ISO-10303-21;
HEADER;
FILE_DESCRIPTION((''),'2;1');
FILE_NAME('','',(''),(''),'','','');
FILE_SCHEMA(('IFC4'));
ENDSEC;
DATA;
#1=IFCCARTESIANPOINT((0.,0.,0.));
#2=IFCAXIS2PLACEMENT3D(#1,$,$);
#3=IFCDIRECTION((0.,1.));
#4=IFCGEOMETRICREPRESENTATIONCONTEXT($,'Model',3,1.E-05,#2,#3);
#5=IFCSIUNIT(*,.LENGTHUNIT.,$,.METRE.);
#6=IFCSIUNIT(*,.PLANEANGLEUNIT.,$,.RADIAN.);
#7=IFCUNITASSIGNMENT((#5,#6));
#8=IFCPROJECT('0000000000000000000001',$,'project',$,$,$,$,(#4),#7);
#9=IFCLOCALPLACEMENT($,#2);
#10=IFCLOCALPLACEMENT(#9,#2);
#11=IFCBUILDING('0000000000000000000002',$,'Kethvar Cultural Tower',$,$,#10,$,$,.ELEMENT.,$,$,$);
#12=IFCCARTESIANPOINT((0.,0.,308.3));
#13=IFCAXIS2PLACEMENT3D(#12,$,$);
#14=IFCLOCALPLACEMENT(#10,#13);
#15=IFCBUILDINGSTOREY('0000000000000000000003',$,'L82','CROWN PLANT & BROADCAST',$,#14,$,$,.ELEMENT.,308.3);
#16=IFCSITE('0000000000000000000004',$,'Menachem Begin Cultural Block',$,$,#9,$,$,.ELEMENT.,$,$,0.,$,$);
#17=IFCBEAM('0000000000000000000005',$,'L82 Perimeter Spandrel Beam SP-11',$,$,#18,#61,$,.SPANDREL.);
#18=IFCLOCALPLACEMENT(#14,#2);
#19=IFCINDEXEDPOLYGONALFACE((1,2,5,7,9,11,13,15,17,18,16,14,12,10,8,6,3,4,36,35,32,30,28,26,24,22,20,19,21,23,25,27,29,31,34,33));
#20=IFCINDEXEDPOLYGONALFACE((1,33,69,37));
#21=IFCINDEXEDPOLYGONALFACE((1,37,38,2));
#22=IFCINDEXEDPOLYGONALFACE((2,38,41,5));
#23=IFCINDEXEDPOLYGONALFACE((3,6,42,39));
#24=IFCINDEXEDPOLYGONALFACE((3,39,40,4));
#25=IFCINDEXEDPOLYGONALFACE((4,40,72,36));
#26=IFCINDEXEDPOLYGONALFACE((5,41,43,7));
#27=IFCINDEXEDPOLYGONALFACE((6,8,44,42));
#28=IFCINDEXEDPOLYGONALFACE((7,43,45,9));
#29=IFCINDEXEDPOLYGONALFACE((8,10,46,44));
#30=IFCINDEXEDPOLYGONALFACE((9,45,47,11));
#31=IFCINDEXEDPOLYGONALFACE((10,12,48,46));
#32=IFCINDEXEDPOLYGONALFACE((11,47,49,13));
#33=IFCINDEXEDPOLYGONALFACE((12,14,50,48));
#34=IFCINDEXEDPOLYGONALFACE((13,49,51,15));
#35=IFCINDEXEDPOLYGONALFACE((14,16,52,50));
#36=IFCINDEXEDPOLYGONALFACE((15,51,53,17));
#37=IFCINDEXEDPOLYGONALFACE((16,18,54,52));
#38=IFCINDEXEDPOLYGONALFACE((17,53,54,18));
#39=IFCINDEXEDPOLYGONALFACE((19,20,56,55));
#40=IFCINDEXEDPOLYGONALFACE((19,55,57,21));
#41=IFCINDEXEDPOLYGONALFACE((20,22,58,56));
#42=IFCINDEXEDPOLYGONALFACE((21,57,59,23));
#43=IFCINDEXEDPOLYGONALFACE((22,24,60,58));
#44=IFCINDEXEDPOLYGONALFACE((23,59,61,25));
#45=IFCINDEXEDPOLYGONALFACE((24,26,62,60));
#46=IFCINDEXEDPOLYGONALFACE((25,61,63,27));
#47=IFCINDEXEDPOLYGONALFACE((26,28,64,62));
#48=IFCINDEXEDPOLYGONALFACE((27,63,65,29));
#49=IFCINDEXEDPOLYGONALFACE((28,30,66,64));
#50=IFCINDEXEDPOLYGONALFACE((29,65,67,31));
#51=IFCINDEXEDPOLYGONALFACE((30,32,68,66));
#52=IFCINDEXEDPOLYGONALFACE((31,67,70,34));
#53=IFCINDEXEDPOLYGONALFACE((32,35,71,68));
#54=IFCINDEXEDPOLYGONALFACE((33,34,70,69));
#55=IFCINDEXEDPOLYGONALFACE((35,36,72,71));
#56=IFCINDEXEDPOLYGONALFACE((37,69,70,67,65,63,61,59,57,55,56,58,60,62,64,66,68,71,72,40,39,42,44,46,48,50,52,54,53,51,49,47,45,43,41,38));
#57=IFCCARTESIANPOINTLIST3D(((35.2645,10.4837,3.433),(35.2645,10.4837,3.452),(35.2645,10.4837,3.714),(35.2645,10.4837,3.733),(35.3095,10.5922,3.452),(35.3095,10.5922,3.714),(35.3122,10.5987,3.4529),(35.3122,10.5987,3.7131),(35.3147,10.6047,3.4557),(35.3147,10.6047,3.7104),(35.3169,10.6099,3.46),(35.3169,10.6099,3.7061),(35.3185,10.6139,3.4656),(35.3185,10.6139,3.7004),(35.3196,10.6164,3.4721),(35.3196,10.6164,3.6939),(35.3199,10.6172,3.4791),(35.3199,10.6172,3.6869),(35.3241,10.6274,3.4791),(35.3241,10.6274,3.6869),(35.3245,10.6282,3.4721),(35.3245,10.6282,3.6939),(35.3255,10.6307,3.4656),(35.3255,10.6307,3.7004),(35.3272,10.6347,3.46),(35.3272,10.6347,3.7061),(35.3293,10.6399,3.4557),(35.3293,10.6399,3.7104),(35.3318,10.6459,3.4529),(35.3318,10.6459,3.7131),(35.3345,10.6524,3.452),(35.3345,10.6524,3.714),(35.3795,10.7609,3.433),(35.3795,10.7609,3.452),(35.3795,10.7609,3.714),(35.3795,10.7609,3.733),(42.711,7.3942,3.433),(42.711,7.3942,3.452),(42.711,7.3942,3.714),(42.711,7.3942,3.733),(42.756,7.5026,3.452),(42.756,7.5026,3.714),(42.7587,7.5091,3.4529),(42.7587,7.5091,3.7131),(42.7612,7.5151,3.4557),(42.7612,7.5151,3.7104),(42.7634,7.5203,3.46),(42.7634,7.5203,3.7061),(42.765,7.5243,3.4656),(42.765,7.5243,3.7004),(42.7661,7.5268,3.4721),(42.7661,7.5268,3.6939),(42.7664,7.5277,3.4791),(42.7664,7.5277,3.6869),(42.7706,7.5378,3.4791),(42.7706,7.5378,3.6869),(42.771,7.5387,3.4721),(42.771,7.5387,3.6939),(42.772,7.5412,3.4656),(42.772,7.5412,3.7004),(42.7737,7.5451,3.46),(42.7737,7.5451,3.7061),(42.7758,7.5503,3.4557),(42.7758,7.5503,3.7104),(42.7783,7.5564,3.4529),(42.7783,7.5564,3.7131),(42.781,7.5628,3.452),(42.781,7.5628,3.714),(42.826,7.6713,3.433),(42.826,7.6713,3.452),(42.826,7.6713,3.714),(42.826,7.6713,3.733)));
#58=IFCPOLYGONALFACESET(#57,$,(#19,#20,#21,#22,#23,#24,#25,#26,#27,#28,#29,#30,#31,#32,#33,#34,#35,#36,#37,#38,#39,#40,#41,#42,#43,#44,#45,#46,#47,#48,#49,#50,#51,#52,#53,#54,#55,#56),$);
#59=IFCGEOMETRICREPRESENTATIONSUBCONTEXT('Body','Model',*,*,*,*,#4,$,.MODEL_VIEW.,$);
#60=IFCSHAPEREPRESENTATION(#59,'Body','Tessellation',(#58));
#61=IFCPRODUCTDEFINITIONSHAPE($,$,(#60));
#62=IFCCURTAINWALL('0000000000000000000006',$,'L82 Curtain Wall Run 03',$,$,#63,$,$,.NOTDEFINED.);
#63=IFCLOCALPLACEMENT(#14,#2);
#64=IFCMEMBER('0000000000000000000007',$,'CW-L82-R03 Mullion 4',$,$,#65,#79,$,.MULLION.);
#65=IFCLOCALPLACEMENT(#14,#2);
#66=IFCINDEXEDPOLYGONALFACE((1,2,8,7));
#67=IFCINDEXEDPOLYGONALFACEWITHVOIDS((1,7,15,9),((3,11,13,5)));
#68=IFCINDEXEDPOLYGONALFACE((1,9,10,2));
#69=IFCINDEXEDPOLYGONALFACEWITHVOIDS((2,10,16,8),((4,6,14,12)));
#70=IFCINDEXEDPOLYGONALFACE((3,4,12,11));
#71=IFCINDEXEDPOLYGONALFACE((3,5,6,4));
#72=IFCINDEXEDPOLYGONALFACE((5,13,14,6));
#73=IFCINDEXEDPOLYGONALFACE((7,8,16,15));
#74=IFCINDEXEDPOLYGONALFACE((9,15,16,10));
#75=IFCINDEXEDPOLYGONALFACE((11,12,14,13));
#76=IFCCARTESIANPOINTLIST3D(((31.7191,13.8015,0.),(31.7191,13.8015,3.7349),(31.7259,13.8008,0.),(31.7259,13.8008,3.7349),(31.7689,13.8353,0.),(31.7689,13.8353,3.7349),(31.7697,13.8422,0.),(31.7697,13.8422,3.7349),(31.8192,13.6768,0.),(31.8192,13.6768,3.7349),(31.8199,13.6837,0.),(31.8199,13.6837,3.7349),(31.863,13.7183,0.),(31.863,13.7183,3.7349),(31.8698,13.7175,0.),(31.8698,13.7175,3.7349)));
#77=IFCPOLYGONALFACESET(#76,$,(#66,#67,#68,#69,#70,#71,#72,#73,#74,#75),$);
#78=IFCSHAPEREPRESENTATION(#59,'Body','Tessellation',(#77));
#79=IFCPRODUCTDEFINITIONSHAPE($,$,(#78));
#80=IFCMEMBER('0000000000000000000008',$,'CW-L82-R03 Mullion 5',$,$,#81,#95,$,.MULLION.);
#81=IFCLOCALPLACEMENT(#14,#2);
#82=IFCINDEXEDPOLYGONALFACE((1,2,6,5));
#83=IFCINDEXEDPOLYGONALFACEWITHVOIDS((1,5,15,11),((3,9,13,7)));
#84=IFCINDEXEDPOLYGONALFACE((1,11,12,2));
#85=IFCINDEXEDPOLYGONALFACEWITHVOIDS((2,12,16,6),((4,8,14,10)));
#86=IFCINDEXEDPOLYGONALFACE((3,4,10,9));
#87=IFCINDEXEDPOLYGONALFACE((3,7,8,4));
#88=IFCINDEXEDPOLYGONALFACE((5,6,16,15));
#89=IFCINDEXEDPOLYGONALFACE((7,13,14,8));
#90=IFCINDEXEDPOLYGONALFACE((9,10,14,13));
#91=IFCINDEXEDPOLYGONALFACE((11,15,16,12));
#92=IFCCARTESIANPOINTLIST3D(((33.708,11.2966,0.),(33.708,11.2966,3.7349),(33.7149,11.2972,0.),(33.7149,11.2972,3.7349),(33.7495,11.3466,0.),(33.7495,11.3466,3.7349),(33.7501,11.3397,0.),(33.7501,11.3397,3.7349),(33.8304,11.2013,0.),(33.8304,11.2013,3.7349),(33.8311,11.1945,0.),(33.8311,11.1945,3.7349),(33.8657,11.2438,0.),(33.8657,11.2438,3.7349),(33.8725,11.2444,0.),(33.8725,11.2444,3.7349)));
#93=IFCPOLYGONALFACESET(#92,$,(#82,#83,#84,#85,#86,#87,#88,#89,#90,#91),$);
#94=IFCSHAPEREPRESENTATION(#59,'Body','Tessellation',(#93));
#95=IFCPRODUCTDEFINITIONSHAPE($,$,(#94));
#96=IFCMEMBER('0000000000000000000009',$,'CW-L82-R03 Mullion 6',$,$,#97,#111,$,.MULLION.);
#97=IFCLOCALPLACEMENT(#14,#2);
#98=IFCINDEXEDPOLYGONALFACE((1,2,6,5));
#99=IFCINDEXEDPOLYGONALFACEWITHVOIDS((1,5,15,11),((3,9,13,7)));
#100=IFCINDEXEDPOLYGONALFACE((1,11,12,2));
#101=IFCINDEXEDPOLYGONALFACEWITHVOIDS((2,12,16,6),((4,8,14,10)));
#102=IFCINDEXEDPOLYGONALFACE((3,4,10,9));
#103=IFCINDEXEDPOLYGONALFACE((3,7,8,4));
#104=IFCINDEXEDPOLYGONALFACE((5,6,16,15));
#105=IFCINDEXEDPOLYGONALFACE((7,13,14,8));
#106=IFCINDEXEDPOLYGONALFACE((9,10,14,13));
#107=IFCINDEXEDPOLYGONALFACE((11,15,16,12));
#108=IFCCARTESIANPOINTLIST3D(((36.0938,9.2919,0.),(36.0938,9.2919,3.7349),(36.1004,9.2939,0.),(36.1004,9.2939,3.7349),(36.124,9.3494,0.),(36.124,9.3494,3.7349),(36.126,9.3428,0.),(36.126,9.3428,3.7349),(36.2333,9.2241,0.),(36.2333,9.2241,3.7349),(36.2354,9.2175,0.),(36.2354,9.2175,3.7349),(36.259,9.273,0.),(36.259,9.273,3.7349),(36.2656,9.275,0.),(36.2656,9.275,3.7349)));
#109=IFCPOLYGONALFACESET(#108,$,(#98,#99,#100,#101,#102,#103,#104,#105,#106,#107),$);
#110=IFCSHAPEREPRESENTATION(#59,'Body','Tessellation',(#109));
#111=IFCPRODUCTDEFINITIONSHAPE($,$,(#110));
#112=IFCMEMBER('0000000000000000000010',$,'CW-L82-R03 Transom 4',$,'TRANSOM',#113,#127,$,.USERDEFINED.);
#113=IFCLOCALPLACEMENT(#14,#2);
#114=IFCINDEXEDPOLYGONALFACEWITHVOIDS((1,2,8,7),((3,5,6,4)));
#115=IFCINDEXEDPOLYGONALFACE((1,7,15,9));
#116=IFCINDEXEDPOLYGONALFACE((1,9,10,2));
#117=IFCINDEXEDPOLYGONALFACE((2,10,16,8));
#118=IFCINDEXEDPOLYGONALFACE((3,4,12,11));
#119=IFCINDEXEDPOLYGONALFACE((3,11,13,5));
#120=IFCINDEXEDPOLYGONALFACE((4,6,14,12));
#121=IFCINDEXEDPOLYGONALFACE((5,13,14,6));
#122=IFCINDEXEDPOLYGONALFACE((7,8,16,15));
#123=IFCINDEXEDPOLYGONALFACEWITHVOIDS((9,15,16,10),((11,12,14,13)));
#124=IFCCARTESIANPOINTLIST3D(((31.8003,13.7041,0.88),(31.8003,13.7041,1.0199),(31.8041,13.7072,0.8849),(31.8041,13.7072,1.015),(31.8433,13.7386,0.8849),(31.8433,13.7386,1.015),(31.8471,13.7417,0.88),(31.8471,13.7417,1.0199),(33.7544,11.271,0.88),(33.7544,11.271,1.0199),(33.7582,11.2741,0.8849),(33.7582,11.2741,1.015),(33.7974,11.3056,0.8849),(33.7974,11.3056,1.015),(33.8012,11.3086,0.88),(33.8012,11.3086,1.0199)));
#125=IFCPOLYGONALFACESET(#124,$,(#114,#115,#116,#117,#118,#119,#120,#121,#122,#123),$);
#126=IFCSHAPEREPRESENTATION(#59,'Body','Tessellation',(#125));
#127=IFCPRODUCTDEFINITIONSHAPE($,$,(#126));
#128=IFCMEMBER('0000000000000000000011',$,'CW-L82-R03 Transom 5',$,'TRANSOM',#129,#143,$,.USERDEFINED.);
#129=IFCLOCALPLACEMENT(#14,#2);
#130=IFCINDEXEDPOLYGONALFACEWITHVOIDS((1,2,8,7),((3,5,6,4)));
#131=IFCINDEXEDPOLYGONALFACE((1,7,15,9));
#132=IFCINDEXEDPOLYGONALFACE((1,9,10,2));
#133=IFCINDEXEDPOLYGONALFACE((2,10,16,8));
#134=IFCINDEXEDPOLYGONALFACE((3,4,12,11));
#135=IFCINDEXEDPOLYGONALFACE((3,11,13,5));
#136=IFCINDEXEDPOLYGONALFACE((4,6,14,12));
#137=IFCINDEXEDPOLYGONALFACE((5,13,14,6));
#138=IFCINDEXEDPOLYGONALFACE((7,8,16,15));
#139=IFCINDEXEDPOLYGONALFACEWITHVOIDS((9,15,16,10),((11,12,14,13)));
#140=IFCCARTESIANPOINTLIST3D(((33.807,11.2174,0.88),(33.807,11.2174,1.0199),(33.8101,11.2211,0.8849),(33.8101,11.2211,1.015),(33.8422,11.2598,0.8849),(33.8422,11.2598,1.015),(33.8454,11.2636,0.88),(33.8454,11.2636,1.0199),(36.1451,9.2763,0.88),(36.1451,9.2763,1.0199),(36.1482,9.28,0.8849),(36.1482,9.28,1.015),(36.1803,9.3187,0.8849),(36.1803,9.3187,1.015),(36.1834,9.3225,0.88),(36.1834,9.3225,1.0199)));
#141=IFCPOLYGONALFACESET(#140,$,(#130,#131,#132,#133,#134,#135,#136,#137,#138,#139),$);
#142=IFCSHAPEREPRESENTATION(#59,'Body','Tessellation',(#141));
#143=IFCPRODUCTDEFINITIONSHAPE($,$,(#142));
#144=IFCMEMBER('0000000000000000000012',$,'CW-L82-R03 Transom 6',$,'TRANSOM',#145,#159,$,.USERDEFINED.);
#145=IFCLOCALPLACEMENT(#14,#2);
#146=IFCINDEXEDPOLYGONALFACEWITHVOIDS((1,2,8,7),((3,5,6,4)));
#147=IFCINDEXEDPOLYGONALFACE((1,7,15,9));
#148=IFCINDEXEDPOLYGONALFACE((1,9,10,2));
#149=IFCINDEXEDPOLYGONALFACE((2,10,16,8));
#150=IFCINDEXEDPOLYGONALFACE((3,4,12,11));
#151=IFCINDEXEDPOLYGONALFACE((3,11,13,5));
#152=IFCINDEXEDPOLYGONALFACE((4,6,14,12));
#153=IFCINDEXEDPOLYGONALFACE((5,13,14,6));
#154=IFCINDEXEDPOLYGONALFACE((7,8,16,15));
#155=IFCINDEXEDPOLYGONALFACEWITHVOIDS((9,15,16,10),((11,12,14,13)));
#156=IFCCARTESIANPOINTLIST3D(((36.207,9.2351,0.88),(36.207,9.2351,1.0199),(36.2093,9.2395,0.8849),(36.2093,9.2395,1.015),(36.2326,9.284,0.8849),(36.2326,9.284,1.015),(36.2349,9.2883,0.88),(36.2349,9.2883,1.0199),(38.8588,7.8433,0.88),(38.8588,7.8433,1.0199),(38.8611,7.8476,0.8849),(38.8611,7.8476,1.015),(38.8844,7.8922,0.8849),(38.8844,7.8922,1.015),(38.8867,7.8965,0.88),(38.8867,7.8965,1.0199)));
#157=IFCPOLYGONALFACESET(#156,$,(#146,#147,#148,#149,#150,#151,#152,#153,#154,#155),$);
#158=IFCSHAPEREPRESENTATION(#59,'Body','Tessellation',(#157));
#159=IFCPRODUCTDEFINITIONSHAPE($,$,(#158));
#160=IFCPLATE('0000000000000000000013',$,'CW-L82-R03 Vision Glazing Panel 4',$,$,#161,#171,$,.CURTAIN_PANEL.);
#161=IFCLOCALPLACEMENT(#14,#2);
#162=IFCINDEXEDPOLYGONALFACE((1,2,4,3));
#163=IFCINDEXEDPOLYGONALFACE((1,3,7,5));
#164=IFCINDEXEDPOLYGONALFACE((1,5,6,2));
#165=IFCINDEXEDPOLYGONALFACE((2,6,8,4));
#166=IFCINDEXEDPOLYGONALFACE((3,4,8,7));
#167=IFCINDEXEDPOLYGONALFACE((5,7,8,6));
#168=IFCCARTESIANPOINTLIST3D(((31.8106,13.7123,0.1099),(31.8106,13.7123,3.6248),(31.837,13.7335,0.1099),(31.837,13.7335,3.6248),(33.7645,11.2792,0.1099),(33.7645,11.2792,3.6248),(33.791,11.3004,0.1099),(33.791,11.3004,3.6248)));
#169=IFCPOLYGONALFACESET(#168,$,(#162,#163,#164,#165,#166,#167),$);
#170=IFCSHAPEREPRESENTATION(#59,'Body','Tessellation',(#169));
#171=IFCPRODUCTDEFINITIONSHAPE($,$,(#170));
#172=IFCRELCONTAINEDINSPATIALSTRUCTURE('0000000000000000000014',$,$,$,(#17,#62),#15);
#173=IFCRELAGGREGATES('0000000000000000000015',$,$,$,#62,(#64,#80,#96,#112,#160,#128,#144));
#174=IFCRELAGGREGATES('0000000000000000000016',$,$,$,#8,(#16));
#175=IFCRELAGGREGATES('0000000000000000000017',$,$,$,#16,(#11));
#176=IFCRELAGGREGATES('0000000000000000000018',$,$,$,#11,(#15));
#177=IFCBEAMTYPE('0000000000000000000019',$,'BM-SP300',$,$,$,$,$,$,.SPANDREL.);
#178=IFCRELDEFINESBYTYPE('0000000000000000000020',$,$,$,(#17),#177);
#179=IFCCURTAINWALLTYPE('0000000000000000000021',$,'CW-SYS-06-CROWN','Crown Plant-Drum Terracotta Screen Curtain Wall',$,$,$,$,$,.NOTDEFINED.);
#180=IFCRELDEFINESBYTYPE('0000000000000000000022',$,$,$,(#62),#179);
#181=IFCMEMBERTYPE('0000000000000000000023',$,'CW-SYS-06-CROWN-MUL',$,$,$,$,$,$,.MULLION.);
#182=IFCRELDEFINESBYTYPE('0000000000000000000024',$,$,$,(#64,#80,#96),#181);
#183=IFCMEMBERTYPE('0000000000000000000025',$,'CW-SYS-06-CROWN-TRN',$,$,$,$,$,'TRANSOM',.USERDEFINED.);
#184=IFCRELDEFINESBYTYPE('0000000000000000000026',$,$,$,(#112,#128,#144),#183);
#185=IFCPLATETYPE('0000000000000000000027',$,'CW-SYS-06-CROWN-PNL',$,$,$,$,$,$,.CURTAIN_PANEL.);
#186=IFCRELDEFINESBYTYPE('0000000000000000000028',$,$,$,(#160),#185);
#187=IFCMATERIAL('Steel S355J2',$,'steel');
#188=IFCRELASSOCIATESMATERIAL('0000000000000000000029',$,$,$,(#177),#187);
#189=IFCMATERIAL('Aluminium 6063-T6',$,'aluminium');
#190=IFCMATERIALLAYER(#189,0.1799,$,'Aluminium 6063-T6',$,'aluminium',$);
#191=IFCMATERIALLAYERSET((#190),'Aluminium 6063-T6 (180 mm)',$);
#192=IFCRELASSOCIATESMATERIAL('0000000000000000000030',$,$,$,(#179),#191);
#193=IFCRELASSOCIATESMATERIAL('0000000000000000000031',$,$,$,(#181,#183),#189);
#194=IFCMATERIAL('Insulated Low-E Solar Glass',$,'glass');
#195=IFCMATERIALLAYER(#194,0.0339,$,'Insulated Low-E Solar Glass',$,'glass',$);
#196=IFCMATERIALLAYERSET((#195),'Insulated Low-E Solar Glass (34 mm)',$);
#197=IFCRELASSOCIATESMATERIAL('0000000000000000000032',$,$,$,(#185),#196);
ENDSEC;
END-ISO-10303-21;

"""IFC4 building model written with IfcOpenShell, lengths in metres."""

from ifc_helpers import new_model, si_unit, direction, frame, origin, origin_2d, place, context, subcontext, project, spatial, rectangle, hollow_rectangle, i_section, extrude, source, transform, mapped, material, layer, layer_set, material_profile, profile_set, type_object, element, aggregate, save


model = new_model("IFC4")

# Units and contexts
model_context = context("Model", 3, precision=1e-05, world=origin(), true_north=direction((0.0, 1.0)))
body_context = subcontext(model_context, "Body", "Model", "MODEL_VIEW")
ifc_project = project(units=[si_unit("LENGTHUNIT", "METRE"), si_unit("PLANEANGLEUNIT", "RADIAN")], contexts=[model_context])

# Site, building, storey
site_placement = place(None, origin())
site = spatial("IfcSite", under=ifc_project, at=site_placement, Name="Menachem Begin Cultural Block", CompositionType="ELEMENT", RefElevation=0.0)
building_placement = place(site_placement, origin())
building = spatial("IfcBuilding", under=site, at=building_placement, Name="Kethvar Cultural Tower", CompositionType="ELEMENT")
storey_placement = place(building_placement, frame((0.0, 0.0, 308.3)))
storey = spatial("IfcBuildingStorey", under=building, at=storey_placement, Name="L82", Description="CROWN PLANT & BROADCAST", CompositionType="ELEMENT", Elevation=308.3)

# Shared definitions
ifc_material_1 = material(Name="Steel S355J2", Category="steel")

# Beam
ifc_material_profile_1 = material_profile(ifc_material_1, i_section(OverallWidth=0.3, OverallDepth=0.3, WebThickness=0.011, FlangeThickness=0.019, FilletRadius=0.0271, at=origin_2d()), Name="Steel S355J2 — HEB300")
ifc_profile_set_1 = profile_set([ifc_material_profile_1], Name="Steel S355J2 — HEB300")
beam_type_1 = type_object("IfcBeamType", Name="BM-SP300", PredefinedType="SPANDREL", material=ifc_profile_set_1)
shared_shape_1 = source(origin(), body_context, "Body", "SweptSolid", [
    extrude(i_section(OverallWidth=0.3, OverallDepth=0.3, WebThickness=0.011, FlangeThickness=0.019, FilletRadius=0.0271, at=origin_2d()), origin(), (0.0, 0.0, 1.0), 8.062),
])
beam_1_placement = place(storey_placement, frame((35.322, 10.6223, 3.583), z_axis=(0.923654, -0.383228, 0.0), x_axis=(0.383228, 0.923654, 0.0)))
element("IfcBeam", 1, at=beam_1_placement, inside=storey, type_object=beam_type_1, Name="L82 Perimeter Spandrel Beam SP-11", PredefinedType="SPANDREL", context=body_context, shape_type="MappedRepresentation", body=[
    mapped(shared_shape_1, transform((0.0, 0.0, 0.0), scale=1.0)),
])

# Curtain wall, members, plate
ifc_material_2 = material(Name="Aluminium 6063-T6", Category="aluminium")
ifc_layer_1 = layer(ifc_material_2, 0.1799, Name="Aluminium 6063-T6", Category="aluminium")
ifc_layer_set_1 = layer_set([ifc_layer_1], Name="Aluminium 6063-T6 (180 mm)")
curtain_wall_type = type_object("IfcCurtainWallType", Name="CW-SYS-06-CROWN", Description="Crown Plant-Drum Terracotta Screen Curtain Wall", PredefinedType="NOTDEFINED", material=ifc_layer_set_1)
curtain_wall_placement = place(storey_placement, origin())
curtain_wall = element("IfcCurtainWall", 2, at=curtain_wall_placement, inside=storey, type_object=curtain_wall_type, Name="L82 Curtain Wall Run 03", PredefinedType="NOTDEFINED")
ifc_material_profile_2 = material_profile(ifc_material_2, hollow_rectangle(XDim=0.0649, YDim=0.1599, WallThickness=0.0049, at=origin_2d()), Name="Aluminium 6063-T6 — RHS160x65x5")
ifc_profile_set_2 = profile_set([ifc_material_profile_2], Name="Aluminium 6063-T6 — RHS160x65x5")
member_type_1 = type_object("IfcMemberType", Name="CW-SYS-06-CROWN-MUL", PredefinedType="MULLION", material=ifc_profile_set_2)
shared_shape_2 = source(origin(), body_context, "Body", "SweptSolid", [
    extrude(hollow_rectangle(XDim=0.0649, YDim=0.1599, WallThickness=0.0049, at=origin_2d()), origin(), (0.0, 0.0, 1.0), 3.7349),
])
member_1_placement = place(storey_placement, frame((31.7944, 13.7595, 0.0), z_axis=(0.0, 0.0, 1.0), x_axis=(0.779699, 0.626155, 0.0)))
member_1 = element("IfcMember", 3, at=member_1_placement, type_object=member_type_1, Name="CW-L82-R03 Mullion 4", PredefinedType="MULLION", context=body_context, shape_type="MappedRepresentation", body=[
    mapped(shared_shape_2, transform((0.0, 0.0, 0.0), scale=1.0)),
])
member_2_placement = place(storey_placement, frame((33.7903, 11.2705, 0.0), z_axis=(0.0, 0.0, 1.0), x_axis=(0.638754, 0.769411, 0.0)))
member_2 = element("IfcMember", 4, at=member_2_placement, type_object=member_type_1, Name="CW-L82-R03 Mullion 5", PredefinedType="MULLION", context=body_context, shape_type="MappedRepresentation", body=[
    mapped(shared_shape_2, transform((0.0, 0.0, 0.0), scale=1.0)),
])
member_3_placement = place(storey_placement, frame((36.1797, 9.2834, 0.0), z_axis=(0.0, 0.0, 1.0), x_axis=(0.464734, 0.88545, 0.0)))
member_3 = element("IfcMember", 5, at=member_3_placement, type_object=member_type_1, Name="CW-L82-R03 Mullion 6", PredefinedType="MULLION", context=body_context, shape_type="MappedRepresentation", body=[
    mapped(shared_shape_2, transform((0.0, 0.0, 0.0), scale=1.0)),
])
ifc_material_profile_3 = material_profile(ifc_material_2, hollow_rectangle(XDim=0.0601, YDim=0.1399, WallThickness=0.0049, at=origin_2d()), Name="Aluminium 6063-T6 — RHS140x60x5")
ifc_profile_set_3 = profile_set([ifc_material_profile_3], Name="Aluminium 6063-T6 — RHS140x60x5")
member_type_2 = type_object("IfcMemberType", Name="CW-SYS-06-CROWN-TRN", ElementType="TRANSOM", PredefinedType="USERDEFINED", material=ifc_profile_set_3)
shared_shape_3 = source(origin(), body_context, "Body", "SweptSolid", [
    extrude(hollow_rectangle(XDim=0.0601, YDim=0.1399, WallThickness=0.0049, at=origin_2d()), origin(), (0.0, 0.0, 1.0), 3.1206),
])
member_4_placement = place(storey_placement, frame((31.8237, 13.7229, 0.95), z_axis=(0.626182, -0.779677, 0.0), x_axis=(0.779677, 0.626182, 0.0)))
member_4 = element("IfcMember", 6, at=member_4_placement, type_object=member_type_2, Name="CW-L82-R03 Transom 4", ObjectType="TRANSOM", PredefinedType="USERDEFINED", context=body_context, shape_type="MappedRepresentation", body=[
    mapped(shared_shape_3, transform((0.0, 0.0, 0.0), scale=1.0)),
])
shared_shape_4 = source(origin(), body_context, "Body", "SweptSolid", [
    extrude(hollow_rectangle(XDim=0.0601, YDim=0.1399, WallThickness=0.0049, at=origin_2d()), origin(), (0.0, 0.0, 1.0), 3.0388),
])
member_5_placement = place(storey_placement, frame((33.8262, 11.2405, 0.95), z_axis=(0.769399, -0.638769, 0.0), x_axis=(0.638769, 0.769399, 0.0)))
member_5 = element("IfcMember", 7, at=member_5_placement, type_object=member_type_2, Name="CW-L82-R03 Transom 5", ObjectType="TRANSOM", PredefinedType="USERDEFINED", context=body_context, shape_type="MappedRepresentation", body=[
    mapped(shared_shape_4, transform((0.0, 0.0, 0.0), scale=1.0)),
])
shared_shape_5 = source(origin(), body_context, "Body", "SweptSolid", [
    extrude(hollow_rectangle(XDim=0.0601, YDim=0.1399, WallThickness=0.0049, at=origin_2d()), origin(), (0.0, 0.0, 1.0), 2.9949),
])
member_6_placement = place(storey_placement, frame((36.2209, 9.2617, 0.95), z_axis=(0.88545, -0.464735, 0.0), x_axis=(0.464735, 0.88545, 0.0)))
member_6 = element("IfcMember", 8, at=member_6_placement, type_object=member_type_2, Name="CW-L82-R03 Transom 6", ObjectType="TRANSOM", PredefinedType="USERDEFINED", context=body_context, shape_type="MappedRepresentation", body=[
    mapped(shared_shape_5, transform((0.0, 0.0, 0.0), scale=1.0)),
])
ifc_material_3 = material(Name="Insulated Low-E Solar Glass", Category="glass")
ifc_layer_2 = layer(ifc_material_3, 0.0339, Name="Insulated Low-E Solar Glass", Category="glass")
ifc_layer_set_2 = layer_set([ifc_layer_2], Name="Insulated Low-E Solar Glass (34 mm)")
plate_type = type_object("IfcPlateType", Name="CW-SYS-06-CROWN-PNL", PredefinedType="CURTAIN_PANEL", material=ifc_layer_set_2)
shared_shape_6 = source(origin(), body_context, "Body", "SweptSolid", [
    extrude(rectangle(XDim=3.1206, YDim=0.0339, at=origin_2d()), origin(), (0.0, 0.0, 1.0), 3.5149),
])
plate_1_placement = place(storey_placement, frame((32.8008, 12.5063, 0.1099), z_axis=(0.0, 0.0, 1.0), x_axis=(0.626155, -0.779699, 0.0)))
plate_1 = element("IfcPlate", 9, at=plate_1_placement, type_object=plate_type, Name="CW-L82-R03 Vision Glazing Panel 4", PredefinedType="CURTAIN_PANEL", context=body_context, shape_type="MappedRepresentation", body=[
    mapped(shared_shape_6, transform((0.0, 0.0, 0.0), scale=1.0)),
])
aggregate(curtain_wall, [member_1, member_2, member_3, member_4, plate_1, member_5, member_6])

save(model, "model.ifc")
